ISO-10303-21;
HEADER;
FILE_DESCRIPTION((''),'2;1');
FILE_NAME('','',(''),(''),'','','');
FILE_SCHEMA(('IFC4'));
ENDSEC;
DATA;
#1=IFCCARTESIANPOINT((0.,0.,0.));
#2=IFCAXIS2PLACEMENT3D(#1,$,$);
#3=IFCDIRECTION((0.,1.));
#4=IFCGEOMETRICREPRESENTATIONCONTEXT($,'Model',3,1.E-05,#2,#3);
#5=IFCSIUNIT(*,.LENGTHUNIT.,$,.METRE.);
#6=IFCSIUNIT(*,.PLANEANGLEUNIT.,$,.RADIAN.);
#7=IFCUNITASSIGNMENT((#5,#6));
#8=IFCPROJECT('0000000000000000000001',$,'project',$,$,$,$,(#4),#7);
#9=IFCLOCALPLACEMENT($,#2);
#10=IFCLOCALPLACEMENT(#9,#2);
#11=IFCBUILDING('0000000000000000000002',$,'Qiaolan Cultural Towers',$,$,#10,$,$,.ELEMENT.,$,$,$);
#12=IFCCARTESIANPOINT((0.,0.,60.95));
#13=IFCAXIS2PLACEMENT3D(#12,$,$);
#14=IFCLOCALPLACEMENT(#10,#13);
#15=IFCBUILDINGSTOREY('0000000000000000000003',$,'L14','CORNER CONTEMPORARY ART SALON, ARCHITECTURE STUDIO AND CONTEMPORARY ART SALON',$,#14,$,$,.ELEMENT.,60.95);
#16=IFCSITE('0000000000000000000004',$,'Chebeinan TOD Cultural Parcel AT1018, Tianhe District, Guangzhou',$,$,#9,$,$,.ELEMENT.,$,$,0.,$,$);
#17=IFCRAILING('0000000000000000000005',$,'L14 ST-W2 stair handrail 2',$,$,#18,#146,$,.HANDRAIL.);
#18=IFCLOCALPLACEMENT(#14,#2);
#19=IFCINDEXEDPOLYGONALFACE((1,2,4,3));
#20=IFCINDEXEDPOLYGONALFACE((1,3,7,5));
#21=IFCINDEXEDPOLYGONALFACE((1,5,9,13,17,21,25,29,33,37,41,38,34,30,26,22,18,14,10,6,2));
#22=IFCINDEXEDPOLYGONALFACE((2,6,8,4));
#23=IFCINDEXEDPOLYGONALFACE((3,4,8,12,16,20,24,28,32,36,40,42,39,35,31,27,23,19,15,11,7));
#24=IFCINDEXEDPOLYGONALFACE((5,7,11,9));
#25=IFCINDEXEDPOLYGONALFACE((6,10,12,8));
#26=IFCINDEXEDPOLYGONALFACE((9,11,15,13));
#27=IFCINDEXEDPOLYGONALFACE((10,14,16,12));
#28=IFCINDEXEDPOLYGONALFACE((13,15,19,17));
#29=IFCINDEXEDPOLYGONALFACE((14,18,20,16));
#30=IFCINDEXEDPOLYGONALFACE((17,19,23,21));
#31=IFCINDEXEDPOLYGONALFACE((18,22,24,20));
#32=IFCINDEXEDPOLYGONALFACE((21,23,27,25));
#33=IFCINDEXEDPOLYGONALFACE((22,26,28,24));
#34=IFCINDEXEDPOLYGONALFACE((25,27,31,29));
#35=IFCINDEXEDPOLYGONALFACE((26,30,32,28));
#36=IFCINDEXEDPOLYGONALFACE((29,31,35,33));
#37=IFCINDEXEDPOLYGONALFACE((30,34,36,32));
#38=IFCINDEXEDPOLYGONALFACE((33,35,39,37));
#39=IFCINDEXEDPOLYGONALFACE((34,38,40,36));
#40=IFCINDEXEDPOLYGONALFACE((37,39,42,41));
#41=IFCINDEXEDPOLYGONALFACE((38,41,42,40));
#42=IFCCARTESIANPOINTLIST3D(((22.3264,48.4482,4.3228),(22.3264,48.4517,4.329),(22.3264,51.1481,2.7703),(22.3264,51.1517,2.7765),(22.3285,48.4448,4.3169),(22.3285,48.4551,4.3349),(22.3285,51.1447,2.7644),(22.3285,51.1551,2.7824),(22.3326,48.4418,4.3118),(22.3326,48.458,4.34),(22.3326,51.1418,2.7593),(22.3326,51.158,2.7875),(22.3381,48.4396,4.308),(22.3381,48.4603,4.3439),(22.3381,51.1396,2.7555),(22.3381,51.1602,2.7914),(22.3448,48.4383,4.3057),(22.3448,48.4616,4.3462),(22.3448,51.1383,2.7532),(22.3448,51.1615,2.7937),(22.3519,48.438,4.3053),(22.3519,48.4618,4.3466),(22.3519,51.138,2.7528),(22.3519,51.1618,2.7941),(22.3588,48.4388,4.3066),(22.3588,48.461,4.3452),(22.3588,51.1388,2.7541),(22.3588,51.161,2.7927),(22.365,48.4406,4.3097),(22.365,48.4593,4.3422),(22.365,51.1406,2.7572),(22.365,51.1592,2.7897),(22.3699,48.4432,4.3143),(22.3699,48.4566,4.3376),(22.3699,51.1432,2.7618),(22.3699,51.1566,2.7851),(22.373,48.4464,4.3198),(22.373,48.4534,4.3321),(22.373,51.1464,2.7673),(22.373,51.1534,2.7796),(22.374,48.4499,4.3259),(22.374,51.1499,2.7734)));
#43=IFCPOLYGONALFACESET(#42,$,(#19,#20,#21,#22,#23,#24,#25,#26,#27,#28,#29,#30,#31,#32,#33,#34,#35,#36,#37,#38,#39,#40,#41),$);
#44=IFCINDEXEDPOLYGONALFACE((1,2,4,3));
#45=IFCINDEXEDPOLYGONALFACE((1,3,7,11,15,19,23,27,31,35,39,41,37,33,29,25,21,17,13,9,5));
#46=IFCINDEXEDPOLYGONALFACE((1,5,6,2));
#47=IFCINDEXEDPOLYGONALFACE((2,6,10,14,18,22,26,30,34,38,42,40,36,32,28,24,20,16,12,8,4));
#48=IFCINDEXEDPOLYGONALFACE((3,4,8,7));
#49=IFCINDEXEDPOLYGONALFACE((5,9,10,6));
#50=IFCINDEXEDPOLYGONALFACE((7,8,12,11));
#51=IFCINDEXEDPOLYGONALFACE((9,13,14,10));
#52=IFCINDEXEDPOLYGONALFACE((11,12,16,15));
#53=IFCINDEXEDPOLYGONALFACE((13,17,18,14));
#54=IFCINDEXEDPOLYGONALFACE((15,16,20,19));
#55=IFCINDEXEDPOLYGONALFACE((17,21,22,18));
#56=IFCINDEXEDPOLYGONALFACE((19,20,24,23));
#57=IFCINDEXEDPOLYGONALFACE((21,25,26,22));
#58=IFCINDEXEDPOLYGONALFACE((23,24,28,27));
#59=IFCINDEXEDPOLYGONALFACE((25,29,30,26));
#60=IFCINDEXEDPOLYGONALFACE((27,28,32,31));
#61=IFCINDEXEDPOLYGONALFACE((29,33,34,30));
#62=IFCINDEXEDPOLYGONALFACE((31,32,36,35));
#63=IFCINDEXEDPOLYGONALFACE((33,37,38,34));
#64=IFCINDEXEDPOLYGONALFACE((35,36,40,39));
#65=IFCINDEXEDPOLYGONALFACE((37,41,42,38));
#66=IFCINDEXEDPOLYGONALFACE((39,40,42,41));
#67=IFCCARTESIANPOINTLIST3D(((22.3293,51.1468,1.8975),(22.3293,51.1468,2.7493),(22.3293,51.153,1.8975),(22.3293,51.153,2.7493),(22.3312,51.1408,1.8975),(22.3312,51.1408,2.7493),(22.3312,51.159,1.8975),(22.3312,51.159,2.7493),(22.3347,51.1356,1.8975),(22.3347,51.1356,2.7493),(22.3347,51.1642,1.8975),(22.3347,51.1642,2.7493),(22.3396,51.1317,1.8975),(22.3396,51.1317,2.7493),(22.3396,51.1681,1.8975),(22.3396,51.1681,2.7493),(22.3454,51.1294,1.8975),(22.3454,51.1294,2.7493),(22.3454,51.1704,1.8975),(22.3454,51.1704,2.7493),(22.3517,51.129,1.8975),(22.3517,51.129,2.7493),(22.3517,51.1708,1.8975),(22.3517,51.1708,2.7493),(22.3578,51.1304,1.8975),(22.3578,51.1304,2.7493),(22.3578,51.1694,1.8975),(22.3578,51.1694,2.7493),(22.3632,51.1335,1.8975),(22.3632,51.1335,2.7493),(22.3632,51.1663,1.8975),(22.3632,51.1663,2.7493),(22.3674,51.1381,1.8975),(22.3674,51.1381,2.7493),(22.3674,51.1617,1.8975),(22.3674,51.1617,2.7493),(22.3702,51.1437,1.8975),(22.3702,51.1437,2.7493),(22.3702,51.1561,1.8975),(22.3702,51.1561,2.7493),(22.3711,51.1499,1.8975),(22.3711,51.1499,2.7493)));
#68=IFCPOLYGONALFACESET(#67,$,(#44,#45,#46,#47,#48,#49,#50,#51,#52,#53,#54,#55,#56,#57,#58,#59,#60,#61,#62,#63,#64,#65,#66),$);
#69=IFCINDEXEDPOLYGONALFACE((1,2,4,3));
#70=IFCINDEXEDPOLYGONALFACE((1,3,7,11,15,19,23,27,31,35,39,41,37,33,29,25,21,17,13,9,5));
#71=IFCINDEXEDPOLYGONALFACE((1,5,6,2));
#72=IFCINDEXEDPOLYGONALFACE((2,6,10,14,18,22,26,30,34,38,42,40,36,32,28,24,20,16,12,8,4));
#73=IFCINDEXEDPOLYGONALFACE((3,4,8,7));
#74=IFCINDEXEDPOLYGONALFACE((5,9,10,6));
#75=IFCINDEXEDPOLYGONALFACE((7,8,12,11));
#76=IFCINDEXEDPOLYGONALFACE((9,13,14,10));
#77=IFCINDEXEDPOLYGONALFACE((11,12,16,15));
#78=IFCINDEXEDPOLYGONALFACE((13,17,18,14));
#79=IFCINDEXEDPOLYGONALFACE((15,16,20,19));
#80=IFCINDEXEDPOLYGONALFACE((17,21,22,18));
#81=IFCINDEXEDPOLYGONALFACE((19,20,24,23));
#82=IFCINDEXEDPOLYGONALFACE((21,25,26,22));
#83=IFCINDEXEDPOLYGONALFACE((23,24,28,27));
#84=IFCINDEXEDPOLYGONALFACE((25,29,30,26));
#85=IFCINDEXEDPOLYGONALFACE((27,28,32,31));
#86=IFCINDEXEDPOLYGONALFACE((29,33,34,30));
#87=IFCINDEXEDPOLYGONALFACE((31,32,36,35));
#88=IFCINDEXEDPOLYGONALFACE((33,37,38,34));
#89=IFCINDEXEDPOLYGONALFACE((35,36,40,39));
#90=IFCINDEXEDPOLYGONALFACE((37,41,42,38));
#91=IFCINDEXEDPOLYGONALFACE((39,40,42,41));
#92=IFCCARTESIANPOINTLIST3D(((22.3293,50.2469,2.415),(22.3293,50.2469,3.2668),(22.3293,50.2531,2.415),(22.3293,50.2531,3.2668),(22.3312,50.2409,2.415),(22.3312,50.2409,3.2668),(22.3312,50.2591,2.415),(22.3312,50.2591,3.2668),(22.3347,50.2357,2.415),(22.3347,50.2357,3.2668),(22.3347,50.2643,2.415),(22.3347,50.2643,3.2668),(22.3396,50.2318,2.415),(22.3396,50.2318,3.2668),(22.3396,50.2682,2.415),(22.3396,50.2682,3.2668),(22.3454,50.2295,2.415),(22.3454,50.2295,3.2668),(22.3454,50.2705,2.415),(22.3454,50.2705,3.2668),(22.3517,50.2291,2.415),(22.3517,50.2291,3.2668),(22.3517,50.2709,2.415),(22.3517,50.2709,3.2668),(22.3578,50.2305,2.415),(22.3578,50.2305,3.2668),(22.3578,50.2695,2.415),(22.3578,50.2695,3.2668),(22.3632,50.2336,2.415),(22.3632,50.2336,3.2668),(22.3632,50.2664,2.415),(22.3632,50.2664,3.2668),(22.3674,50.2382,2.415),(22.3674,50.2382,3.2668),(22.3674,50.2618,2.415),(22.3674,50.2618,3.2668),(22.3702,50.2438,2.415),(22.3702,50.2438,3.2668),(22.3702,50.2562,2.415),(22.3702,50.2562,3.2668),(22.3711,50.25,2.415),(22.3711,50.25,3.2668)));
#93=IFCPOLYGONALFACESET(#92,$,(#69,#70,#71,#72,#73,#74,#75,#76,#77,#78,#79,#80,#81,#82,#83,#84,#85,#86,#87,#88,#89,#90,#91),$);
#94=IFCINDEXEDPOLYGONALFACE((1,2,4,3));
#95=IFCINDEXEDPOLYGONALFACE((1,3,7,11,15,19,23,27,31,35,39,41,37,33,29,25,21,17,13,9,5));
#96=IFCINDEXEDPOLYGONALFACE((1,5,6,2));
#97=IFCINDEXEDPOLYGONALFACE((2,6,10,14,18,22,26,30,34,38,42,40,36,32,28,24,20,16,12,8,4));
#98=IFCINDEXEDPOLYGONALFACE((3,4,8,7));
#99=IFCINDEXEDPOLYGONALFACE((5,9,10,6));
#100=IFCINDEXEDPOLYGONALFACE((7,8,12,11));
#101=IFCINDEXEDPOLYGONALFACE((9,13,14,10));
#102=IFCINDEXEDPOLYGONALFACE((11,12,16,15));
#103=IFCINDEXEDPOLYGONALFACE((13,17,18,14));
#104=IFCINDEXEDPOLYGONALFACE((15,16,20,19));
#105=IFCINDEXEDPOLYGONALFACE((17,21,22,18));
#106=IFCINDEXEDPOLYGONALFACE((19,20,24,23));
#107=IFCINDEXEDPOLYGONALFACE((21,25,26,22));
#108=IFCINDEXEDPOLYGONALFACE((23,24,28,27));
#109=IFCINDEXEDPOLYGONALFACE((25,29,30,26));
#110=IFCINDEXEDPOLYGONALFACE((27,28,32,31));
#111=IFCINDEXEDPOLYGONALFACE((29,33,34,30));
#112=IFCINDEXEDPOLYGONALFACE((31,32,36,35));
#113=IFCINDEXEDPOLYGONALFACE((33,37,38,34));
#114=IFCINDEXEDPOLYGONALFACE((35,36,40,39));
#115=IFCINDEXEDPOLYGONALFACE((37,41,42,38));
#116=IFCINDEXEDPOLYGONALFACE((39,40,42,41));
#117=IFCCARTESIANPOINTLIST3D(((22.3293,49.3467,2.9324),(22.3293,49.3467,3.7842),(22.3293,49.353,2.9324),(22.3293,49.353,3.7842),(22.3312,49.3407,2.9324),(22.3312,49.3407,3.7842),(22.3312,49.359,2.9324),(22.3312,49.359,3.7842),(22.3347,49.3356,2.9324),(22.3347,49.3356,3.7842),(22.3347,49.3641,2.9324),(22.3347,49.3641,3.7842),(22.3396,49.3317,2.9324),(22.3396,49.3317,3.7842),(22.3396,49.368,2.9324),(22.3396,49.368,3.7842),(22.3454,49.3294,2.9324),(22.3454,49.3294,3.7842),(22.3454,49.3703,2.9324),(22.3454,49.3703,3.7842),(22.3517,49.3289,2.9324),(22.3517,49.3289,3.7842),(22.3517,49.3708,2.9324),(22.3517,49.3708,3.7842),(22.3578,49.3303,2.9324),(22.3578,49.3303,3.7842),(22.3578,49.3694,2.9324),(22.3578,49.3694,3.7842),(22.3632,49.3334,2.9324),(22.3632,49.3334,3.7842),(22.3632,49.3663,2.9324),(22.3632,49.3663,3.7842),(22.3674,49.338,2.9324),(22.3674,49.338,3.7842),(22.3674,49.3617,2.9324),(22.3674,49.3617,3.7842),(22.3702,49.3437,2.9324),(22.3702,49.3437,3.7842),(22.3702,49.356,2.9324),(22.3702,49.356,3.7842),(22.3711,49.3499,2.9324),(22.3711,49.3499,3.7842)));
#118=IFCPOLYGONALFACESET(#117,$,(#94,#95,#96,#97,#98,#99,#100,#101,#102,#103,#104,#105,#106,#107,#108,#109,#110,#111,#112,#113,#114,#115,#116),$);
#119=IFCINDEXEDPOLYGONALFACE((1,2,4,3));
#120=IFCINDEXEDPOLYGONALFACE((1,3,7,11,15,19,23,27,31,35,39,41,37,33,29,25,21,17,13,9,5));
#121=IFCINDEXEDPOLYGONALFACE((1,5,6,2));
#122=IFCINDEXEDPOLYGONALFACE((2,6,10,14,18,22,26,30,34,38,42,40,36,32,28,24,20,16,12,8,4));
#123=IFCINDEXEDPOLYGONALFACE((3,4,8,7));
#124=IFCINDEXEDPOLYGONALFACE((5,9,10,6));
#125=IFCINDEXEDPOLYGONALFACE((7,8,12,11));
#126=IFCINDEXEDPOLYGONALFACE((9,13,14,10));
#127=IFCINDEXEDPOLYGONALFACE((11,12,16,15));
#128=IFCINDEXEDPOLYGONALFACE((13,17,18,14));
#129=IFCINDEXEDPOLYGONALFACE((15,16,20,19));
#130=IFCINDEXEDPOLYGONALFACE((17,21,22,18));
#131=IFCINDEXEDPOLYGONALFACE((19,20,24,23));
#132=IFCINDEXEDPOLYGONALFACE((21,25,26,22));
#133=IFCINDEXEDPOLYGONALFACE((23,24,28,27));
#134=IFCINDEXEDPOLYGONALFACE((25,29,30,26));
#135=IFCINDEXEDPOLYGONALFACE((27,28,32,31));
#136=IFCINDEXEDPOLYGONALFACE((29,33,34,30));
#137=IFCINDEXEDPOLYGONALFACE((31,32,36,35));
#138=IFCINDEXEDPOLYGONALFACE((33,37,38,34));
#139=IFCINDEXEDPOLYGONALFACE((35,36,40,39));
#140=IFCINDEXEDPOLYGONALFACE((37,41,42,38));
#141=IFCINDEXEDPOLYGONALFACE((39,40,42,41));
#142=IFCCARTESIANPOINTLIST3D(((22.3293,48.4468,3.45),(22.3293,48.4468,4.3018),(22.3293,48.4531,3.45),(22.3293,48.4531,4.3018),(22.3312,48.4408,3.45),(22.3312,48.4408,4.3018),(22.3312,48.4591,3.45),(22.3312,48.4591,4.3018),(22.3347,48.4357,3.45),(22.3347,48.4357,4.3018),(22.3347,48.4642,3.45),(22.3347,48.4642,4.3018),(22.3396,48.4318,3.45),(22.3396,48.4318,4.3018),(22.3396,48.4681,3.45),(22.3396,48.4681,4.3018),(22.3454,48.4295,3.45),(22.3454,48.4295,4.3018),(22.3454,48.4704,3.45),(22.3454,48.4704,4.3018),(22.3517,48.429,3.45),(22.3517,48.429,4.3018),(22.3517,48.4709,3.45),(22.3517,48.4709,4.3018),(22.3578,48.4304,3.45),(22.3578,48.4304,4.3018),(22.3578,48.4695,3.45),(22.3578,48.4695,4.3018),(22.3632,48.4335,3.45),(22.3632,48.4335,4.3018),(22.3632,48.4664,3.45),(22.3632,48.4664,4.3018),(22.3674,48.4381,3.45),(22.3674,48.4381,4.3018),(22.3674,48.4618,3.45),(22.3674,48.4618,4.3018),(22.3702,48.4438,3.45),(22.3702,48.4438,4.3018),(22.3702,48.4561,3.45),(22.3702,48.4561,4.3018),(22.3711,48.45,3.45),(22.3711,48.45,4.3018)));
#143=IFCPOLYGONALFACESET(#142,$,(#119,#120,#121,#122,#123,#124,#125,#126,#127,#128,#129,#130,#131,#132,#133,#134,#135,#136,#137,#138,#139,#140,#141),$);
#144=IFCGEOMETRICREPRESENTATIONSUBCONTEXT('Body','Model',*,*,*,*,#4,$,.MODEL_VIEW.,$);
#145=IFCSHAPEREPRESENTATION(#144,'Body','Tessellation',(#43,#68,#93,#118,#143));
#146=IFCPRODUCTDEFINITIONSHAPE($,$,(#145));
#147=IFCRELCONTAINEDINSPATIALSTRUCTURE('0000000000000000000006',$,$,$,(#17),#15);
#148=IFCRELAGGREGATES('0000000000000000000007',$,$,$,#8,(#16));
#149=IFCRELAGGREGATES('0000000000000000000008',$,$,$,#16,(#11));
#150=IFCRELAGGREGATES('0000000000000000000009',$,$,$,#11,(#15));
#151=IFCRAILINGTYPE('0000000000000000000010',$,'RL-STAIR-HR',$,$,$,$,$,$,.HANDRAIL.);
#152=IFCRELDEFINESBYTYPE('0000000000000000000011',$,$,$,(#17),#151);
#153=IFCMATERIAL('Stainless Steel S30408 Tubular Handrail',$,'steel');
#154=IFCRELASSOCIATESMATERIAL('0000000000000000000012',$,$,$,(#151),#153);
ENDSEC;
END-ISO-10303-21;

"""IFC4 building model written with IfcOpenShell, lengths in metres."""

from ifc_helpers import new_model, si_unit, direction, frame, origin, origin_2d, place, context, subcontext, project, spatial, circle, extrude, material, type_object, element, save


model = new_model("IFC4")

# Units and contexts
model_context = context("Model", 3, precision=1e-05, world=origin(), true_north=direction((0.0, 1.0)))
body_context = subcontext(model_context, "Body", "Model", "MODEL_VIEW")
ifc_project = project(units=[si_unit("LENGTHUNIT", "METRE"), si_unit("PLANEANGLEUNIT", "RADIAN")], contexts=[model_context])

# Site, building, storey
site_placement = place(None, origin())
site = spatial("IfcSite", under=ifc_project, at=site_placement, Name="Chebeinan TOD Cultural Parcel AT1018, Tianhe District, Guangzhou", CompositionType="ELEMENT", RefElevation=0.0)
building_placement = place(site_placement, origin())
building = spatial("IfcBuilding", under=site, at=building_placement, Name="Qiaolan Cultural Towers", CompositionType="ELEMENT")
storey_placement = place(building_placement, frame((0.0, 0.0, 60.95)))
storey = spatial("IfcBuildingStorey", under=building, at=storey_placement, Name="L14", Description="CORNER CONTEMPORARY ART SALON, ARCHITECTURE STUDIO AND CONTEMPORARY ART SALON", CompositionType="ELEMENT", Elevation=60.95)

# Railing
ifc_material_1 = material(Name="Stainless Steel S30408 Tubular Handrail", Category="steel")
railing_type_1 = type_object("IfcRailingType", Name="RL-STAIR-HR", PredefinedType="HANDRAIL", material=ifc_material_1)
railing_1_placement = place(storey_placement, frame((22.3501, 51.1499, 1.8975)))
element("IfcRailing", 1, at=railing_1_placement, inside=storey, type_object=railing_type_1, Name="L14 ST-W2 stair handrail 2", PredefinedType="HANDRAIL", context=body_context, shape_type="SweptSolid", body=[
    extrude(circle(Radius=0.0239, at=origin_2d()), frame((0.0, 0.0, 0.876), z_axis=(0.0, -0.866904, 0.498476), x_axis=(1.0, 0.0, 0.0)), (0.0, 0.0, 1.0), 3.1145),
    extrude(circle(Radius=0.021, at=origin_2d()), origin(), (0.0, 0.0, 1.0), 0.8518),
    extrude(circle(Radius=0.021, at=origin_2d()), frame((0.0, -0.8999, 0.5176)), (0.0, 0.0, 1.0), 0.8518),
    extrude(circle(Radius=0.021, at=origin_2d()), frame((0.0, -1.8, 1.0349)), (0.0, 0.0, 1.0), 0.8518),
    extrude(circle(Radius=0.021, at=origin_2d()), frame((0.0, -2.7, 1.5525)), (0.0, 0.0, 1.0), 0.8518),
])

save(model, "model.ifc")
